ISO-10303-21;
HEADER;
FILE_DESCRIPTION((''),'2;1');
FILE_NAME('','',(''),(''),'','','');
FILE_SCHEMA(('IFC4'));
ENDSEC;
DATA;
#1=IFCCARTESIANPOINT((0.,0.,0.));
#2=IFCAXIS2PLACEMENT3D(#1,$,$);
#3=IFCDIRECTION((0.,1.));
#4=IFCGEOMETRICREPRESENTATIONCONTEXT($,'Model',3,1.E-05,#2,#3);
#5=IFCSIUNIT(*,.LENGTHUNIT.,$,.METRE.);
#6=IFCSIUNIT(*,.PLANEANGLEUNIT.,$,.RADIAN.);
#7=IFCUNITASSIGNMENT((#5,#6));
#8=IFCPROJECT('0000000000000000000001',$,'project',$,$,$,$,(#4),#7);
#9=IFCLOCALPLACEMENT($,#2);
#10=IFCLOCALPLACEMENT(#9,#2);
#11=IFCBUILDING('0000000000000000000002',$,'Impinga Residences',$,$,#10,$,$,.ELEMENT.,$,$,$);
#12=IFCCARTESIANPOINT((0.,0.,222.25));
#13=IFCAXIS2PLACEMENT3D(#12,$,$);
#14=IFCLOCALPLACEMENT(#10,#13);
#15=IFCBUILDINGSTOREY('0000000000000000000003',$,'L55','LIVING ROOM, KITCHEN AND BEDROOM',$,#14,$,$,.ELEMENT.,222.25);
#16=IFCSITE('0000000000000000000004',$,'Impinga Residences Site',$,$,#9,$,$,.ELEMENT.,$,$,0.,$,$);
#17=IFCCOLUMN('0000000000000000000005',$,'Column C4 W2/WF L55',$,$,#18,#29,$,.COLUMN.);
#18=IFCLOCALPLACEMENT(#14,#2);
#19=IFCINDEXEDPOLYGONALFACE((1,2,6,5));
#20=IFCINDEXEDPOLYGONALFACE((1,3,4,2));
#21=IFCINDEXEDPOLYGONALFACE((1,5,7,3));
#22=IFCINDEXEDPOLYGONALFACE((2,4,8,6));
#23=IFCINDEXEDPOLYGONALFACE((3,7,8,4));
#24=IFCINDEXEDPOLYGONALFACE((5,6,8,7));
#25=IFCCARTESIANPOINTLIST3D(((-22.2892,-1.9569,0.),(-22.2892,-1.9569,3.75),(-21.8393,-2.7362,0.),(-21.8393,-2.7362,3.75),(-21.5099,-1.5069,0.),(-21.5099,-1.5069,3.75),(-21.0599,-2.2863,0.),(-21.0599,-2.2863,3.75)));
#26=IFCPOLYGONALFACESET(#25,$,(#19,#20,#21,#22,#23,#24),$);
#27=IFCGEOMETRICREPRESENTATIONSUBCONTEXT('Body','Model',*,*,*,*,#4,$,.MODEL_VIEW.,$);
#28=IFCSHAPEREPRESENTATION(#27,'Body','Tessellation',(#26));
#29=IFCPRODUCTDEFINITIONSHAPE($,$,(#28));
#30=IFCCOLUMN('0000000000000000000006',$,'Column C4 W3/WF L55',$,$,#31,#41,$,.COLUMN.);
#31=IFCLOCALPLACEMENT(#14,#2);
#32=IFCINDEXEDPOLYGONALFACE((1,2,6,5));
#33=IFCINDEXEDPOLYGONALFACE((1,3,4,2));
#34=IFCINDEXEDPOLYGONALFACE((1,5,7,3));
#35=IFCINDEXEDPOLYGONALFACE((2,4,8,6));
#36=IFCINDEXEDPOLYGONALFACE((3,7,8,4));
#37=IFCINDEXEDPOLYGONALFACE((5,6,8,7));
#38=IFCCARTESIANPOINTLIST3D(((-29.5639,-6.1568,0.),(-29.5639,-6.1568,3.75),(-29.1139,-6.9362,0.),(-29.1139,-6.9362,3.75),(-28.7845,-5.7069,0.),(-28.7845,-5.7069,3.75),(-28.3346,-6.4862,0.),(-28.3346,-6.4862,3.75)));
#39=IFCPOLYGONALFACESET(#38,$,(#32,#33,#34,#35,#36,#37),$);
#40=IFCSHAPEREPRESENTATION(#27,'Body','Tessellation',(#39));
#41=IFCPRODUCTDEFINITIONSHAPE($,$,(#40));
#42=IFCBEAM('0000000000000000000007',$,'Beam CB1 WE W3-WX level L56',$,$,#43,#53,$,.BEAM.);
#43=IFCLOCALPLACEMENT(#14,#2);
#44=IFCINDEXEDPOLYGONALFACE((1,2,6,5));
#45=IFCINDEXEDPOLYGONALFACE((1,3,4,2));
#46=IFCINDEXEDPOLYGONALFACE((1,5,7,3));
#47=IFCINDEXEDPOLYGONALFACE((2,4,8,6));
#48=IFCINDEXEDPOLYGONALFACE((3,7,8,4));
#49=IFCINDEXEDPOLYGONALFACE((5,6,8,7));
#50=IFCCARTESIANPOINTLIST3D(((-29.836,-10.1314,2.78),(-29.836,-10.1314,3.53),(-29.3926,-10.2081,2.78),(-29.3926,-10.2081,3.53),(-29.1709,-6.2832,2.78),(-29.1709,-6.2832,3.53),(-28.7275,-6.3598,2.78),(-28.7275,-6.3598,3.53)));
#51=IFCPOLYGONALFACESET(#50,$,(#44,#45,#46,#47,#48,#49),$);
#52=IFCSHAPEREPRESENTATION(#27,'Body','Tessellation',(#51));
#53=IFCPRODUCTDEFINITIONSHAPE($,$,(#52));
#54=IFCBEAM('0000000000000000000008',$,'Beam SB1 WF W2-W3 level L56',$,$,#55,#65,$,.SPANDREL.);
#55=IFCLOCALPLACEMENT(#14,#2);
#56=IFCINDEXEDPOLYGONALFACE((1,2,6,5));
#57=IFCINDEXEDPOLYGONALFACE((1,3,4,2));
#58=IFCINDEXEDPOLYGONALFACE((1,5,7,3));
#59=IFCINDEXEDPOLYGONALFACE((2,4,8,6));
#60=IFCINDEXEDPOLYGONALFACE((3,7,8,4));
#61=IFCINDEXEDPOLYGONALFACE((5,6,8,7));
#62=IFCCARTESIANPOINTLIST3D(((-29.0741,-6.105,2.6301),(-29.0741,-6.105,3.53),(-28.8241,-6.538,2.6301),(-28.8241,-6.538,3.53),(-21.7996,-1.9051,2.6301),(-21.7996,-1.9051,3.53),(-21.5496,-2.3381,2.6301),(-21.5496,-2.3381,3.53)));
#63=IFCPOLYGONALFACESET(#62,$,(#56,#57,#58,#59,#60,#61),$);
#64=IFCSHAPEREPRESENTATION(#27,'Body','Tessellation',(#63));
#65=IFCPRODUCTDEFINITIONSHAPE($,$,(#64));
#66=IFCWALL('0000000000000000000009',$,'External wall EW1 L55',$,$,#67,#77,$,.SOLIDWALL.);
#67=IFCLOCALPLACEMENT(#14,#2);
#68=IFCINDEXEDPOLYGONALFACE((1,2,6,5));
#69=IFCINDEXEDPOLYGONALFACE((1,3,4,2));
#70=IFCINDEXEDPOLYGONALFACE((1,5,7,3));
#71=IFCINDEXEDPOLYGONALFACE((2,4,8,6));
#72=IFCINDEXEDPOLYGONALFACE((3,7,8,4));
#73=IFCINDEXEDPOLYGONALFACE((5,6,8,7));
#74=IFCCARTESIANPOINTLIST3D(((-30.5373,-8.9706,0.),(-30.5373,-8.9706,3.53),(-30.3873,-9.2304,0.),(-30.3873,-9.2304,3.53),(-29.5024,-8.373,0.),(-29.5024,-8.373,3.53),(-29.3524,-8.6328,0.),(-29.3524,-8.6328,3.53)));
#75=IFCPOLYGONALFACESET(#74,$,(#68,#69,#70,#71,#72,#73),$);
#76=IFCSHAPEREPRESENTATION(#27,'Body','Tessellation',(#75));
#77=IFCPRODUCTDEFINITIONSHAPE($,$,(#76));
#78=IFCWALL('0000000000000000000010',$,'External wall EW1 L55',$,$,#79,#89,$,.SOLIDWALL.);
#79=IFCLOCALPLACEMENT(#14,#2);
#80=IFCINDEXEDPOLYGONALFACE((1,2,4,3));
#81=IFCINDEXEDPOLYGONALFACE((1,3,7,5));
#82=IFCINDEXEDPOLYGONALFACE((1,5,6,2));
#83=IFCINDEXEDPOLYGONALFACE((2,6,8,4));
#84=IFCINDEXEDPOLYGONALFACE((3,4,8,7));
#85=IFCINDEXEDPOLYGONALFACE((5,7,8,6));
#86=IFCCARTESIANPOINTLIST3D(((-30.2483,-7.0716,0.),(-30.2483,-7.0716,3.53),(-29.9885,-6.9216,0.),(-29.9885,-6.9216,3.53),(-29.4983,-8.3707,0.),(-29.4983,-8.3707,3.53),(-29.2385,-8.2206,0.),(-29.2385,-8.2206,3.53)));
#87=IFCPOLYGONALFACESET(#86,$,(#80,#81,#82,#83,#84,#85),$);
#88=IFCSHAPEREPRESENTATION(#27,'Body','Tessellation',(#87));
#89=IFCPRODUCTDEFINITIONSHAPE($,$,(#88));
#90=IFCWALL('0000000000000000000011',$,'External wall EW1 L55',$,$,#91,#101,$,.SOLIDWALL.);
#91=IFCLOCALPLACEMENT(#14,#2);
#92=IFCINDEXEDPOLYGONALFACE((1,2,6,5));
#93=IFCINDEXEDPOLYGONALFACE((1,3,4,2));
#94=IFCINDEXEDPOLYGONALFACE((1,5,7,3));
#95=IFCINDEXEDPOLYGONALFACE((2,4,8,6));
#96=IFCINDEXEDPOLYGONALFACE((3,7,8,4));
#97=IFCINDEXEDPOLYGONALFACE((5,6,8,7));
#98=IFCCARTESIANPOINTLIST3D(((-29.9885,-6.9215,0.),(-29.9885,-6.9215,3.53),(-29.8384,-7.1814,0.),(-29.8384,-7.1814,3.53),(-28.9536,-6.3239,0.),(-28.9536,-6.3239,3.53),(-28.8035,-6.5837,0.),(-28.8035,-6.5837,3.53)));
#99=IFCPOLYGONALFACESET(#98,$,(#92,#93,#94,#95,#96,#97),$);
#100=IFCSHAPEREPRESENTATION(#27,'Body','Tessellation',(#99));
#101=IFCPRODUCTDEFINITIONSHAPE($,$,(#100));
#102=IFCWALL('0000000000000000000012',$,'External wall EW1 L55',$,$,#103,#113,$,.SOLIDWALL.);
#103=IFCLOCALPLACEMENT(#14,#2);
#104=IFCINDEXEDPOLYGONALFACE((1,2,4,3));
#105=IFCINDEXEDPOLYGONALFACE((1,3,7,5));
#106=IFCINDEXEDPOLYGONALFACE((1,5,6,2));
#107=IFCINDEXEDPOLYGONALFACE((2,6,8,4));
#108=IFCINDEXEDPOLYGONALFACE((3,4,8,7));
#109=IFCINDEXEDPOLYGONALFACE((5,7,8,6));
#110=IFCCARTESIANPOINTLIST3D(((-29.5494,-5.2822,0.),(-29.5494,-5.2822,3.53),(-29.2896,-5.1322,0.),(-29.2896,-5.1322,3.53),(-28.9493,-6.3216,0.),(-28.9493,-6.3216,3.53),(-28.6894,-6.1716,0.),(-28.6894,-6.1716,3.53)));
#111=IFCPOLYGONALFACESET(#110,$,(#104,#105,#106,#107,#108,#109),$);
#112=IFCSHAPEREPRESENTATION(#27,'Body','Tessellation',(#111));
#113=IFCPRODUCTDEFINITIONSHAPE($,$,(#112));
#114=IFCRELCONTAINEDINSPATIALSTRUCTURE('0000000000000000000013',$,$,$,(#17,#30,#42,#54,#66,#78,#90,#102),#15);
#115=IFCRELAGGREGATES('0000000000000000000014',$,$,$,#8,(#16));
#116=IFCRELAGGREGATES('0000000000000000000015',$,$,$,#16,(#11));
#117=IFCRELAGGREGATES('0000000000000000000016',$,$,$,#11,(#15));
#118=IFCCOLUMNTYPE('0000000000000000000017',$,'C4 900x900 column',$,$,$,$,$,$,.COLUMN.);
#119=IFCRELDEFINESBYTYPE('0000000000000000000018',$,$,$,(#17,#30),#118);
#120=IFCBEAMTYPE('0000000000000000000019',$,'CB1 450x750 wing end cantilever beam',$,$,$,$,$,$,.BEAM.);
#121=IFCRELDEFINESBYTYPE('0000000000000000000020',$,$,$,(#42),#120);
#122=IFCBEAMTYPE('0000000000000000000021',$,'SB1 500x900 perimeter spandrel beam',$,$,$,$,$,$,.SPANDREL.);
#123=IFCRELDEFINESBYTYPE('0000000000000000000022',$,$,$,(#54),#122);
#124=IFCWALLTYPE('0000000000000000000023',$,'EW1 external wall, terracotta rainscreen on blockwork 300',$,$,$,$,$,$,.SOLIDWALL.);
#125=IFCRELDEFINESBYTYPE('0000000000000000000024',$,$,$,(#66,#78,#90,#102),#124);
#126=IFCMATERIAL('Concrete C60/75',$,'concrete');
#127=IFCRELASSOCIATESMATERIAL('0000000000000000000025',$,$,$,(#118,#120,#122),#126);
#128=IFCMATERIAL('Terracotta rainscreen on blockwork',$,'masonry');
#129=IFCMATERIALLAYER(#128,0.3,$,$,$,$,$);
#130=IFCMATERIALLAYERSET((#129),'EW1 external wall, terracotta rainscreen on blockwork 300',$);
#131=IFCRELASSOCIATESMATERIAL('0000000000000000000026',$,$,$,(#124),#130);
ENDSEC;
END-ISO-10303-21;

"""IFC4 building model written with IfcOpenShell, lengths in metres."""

from ifc_helpers import new_model, si_unit, direction, frame, frame_2d, origin, origin_2d, place, context, subcontext, project, spatial, rectangle, extrude, material, layer, layer_set, material_profile, profile_set, type_object, element, save


model = new_model("IFC4")

# Units and contexts
model_context = context("Model", 3, precision=1e-05, world=origin(), true_north=direction((0.0, 1.0)))
body_context = subcontext(model_context, "Body", "Model", "MODEL_VIEW")
ifc_project = project(units=[si_unit("LENGTHUNIT", "METRE"), si_unit("PLANEANGLEUNIT", "RADIAN")], contexts=[model_context])

# Site, building, storey
site_placement = place(None, origin())
site = spatial("IfcSite", under=ifc_project, at=site_placement, Name="Impinga Residences Site", CompositionType="ELEMENT", RefElevation=0.0)
building_placement = place(site_placement, origin())
building = spatial("IfcBuilding", under=site, at=building_placement, Name="Impinga Residences", CompositionType="ELEMENT")
storey_placement = place(building_placement, frame((0.0, 0.0, 222.25)))
storey = spatial("IfcBuildingStorey", under=building, at=storey_placement, Name="L55", Description="LIVING ROOM, KITCHEN AND BEDROOM", CompositionType="ELEMENT", Elevation=222.25)

# Columns
ifc_material_1 = material(Name="Concrete C60/75", Category="concrete")
ifc_material_profile_1 = material_profile(ifc_material_1, rectangle(XDim=0.8999, YDim=0.8999, at=origin_2d()), Name="RC 900x900")
ifc_profile_set_1 = profile_set([ifc_material_profile_1], Name="Concrete C60/75")
column_type = type_object("IfcColumnType", Name="C4 900x900 column", PredefinedType="COLUMN", material=ifc_profile_set_1)
for number, where, z_axis, x_axis, name in (
    (1, (-21.6746, -2.1216, 0.0), (0.0, 0.0, 1.0), (-0.5, 0.866025, 0.0), "Column C4 W2/WF L55"),
    (2, (-28.9492, -6.3215, 0.0), (0.0, 0.0, 1.0), (-0.5, 0.866025, 0.0), "Column C4 W3/WF L55"),
):
    element("IfcColumn", number, at=place(storey_placement, frame(where, z_axis=z_axis, x_axis=x_axis)), inside=storey, type_object=column_type, Name=name, PredefinedType="COLUMN", context=body_context, shape_type="SweptSolid", body=[
        extrude(rectangle(XDim=0.8999, YDim=0.8999, at=origin_2d()), origin(), (0.0, 0.0, 1.0), 3.75),
    ])

# Beams
ifc_material_profile_2 = material_profile(ifc_material_1, rectangle(XDim=0.45, YDim=0.75, at=origin_2d()), Name="RC 450x750")
ifc_profile_set_2 = profile_set([ifc_material_profile_2], Name="Concrete C60/75")
beam_type_1 = type_object("IfcBeamType", Name="CB1 450x750 wing end cantilever beam", PredefinedType="BEAM", material=ifc_profile_set_2)
beam_1_placement = place(storey_placement, frame((-28.9492, -6.3215, 3.155), z_axis=(-0.170296, -0.985393, 0.0), x_axis=(0.985393, -0.170296, 0.0)))
element("IfcBeam", 3, at=beam_1_placement, inside=storey, type_object=beam_type_1, Name="Beam CB1 WE W3-WX level L56", PredefinedType="BEAM", context=body_context, shape_type="SweptSolid", body=[
    extrude(rectangle(XDim=0.45, YDim=0.75, at=origin_2d()), origin(), (0.0, 0.0, 1.0), 3.9053),
])
ifc_material_profile_3 = material_profile(ifc_material_1, rectangle(XDim=0.5, YDim=0.8999, at=origin_2d()), Name="RC 500x900")
ifc_profile_set_3 = profile_set([ifc_material_profile_3], Name="Concrete C60/75")
beam_type_2 = type_object("IfcBeamType", Name="SB1 500x900 perimeter spandrel beam", PredefinedType="SPANDREL", material=ifc_profile_set_3)
beam_2_placement = place(storey_placement, frame((-21.6746, -2.1216, 3.0801), z_axis=(-0.866029, -0.499993, 0.0), x_axis=(0.499993, -0.866029, 0.0)))
element("IfcBeam", 4, at=beam_2_placement, inside=storey, type_object=beam_type_2, Name="Beam SB1 WF W2-W3 level L56", PredefinedType="SPANDREL", context=body_context, shape_type="SweptSolid", body=[
    extrude(rectangle(XDim=0.5, YDim=0.8999, at=origin_2d()), origin(), (0.0, 0.0, 1.0), 8.3999),
])

# Walls
ifc_material_2 = material(Name="Terracotta rainscreen on blockwork", Category="masonry")
ifc_layer_1 = layer(ifc_material_2, 0.3)
ifc_layer_set_1 = layer_set([ifc_layer_1], Name="EW1 external wall, terracotta rainscreen on blockwork 300")
wall_type_1 = type_object("IfcWallType", Name="EW1 external wall, terracotta rainscreen on blockwork 300", PredefinedType="SOLIDWALL", material=ifc_layer_set_1)
wall_1_placement = place(storey_placement, frame((-30.4624, -9.1006, 0.0), z_axis=(0.0, 0.0, 1.0), x_axis=(0.865971, 0.500094, 0.0)))
element("IfcWall", 5, at=wall_1_placement, inside=storey, type_object=wall_type_1, Name="External wall EW1 L55", PredefinedType="SOLIDWALL", context=body_context, shape_type="SweptSolid", body=[
    extrude(rectangle(XDim=1.1951, YDim=0.3, at=frame_2d((0.5977, 0.0))), origin(), (0.0, 0.0, 1.0), 3.53),
])
wall_2_placement = place(storey_placement, frame((-29.3684, -8.2957, 0.0), z_axis=(0.0, 0.0, 1.0), x_axis=(-0.49999, 0.866031, 0.0)))
element("IfcWall", 6, at=wall_2_placement, inside=storey, type_object=wall_type_1, Name="External wall EW1 L55", PredefinedType="SOLIDWALL", context=body_context, shape_type="SweptSolid", body=[
    extrude(rectangle(XDim=1.5, YDim=0.3, at=frame_2d((0.75, 0.0))), origin(), (0.0, 0.0, 1.0), 3.53),
])
wall_3_placement = place(storey_placement, frame((-29.9136, -7.0515, 0.0), z_axis=(0.0, 0.0, 1.0), x_axis=(0.865971, 0.500094, 0.0)))
element("IfcWall", 7, at=wall_3_placement, inside=storey, type_object=wall_type_1, Name="External wall EW1 L55", PredefinedType="SOLIDWALL", context=body_context, shape_type="SweptSolid", body=[
    extrude(rectangle(XDim=1.1951, YDim=0.3, at=frame_2d((0.5977, 0.0))), origin(), (0.0, 0.0, 1.0), 3.53),
])
wall_4_placement = place(storey_placement, frame((-28.8193, -6.2466, 0.0), z_axis=(0.0, 0.0, 1.0), x_axis=(-0.500034, 0.866006, 0.0)))
element("IfcWall", 8, at=wall_4_placement, inside=storey, type_object=wall_type_1, Name="External wall EW1 L55", PredefinedType="SOLIDWALL", context=body_context, shape_type="SweptSolid", body=[
    extrude(rectangle(XDim=1.2002, YDim=0.3, at=frame_2d((0.6001, 0.0))), origin(), (0.0, 0.0, 1.0), 3.53),
])

save(model, "model.ifc")
